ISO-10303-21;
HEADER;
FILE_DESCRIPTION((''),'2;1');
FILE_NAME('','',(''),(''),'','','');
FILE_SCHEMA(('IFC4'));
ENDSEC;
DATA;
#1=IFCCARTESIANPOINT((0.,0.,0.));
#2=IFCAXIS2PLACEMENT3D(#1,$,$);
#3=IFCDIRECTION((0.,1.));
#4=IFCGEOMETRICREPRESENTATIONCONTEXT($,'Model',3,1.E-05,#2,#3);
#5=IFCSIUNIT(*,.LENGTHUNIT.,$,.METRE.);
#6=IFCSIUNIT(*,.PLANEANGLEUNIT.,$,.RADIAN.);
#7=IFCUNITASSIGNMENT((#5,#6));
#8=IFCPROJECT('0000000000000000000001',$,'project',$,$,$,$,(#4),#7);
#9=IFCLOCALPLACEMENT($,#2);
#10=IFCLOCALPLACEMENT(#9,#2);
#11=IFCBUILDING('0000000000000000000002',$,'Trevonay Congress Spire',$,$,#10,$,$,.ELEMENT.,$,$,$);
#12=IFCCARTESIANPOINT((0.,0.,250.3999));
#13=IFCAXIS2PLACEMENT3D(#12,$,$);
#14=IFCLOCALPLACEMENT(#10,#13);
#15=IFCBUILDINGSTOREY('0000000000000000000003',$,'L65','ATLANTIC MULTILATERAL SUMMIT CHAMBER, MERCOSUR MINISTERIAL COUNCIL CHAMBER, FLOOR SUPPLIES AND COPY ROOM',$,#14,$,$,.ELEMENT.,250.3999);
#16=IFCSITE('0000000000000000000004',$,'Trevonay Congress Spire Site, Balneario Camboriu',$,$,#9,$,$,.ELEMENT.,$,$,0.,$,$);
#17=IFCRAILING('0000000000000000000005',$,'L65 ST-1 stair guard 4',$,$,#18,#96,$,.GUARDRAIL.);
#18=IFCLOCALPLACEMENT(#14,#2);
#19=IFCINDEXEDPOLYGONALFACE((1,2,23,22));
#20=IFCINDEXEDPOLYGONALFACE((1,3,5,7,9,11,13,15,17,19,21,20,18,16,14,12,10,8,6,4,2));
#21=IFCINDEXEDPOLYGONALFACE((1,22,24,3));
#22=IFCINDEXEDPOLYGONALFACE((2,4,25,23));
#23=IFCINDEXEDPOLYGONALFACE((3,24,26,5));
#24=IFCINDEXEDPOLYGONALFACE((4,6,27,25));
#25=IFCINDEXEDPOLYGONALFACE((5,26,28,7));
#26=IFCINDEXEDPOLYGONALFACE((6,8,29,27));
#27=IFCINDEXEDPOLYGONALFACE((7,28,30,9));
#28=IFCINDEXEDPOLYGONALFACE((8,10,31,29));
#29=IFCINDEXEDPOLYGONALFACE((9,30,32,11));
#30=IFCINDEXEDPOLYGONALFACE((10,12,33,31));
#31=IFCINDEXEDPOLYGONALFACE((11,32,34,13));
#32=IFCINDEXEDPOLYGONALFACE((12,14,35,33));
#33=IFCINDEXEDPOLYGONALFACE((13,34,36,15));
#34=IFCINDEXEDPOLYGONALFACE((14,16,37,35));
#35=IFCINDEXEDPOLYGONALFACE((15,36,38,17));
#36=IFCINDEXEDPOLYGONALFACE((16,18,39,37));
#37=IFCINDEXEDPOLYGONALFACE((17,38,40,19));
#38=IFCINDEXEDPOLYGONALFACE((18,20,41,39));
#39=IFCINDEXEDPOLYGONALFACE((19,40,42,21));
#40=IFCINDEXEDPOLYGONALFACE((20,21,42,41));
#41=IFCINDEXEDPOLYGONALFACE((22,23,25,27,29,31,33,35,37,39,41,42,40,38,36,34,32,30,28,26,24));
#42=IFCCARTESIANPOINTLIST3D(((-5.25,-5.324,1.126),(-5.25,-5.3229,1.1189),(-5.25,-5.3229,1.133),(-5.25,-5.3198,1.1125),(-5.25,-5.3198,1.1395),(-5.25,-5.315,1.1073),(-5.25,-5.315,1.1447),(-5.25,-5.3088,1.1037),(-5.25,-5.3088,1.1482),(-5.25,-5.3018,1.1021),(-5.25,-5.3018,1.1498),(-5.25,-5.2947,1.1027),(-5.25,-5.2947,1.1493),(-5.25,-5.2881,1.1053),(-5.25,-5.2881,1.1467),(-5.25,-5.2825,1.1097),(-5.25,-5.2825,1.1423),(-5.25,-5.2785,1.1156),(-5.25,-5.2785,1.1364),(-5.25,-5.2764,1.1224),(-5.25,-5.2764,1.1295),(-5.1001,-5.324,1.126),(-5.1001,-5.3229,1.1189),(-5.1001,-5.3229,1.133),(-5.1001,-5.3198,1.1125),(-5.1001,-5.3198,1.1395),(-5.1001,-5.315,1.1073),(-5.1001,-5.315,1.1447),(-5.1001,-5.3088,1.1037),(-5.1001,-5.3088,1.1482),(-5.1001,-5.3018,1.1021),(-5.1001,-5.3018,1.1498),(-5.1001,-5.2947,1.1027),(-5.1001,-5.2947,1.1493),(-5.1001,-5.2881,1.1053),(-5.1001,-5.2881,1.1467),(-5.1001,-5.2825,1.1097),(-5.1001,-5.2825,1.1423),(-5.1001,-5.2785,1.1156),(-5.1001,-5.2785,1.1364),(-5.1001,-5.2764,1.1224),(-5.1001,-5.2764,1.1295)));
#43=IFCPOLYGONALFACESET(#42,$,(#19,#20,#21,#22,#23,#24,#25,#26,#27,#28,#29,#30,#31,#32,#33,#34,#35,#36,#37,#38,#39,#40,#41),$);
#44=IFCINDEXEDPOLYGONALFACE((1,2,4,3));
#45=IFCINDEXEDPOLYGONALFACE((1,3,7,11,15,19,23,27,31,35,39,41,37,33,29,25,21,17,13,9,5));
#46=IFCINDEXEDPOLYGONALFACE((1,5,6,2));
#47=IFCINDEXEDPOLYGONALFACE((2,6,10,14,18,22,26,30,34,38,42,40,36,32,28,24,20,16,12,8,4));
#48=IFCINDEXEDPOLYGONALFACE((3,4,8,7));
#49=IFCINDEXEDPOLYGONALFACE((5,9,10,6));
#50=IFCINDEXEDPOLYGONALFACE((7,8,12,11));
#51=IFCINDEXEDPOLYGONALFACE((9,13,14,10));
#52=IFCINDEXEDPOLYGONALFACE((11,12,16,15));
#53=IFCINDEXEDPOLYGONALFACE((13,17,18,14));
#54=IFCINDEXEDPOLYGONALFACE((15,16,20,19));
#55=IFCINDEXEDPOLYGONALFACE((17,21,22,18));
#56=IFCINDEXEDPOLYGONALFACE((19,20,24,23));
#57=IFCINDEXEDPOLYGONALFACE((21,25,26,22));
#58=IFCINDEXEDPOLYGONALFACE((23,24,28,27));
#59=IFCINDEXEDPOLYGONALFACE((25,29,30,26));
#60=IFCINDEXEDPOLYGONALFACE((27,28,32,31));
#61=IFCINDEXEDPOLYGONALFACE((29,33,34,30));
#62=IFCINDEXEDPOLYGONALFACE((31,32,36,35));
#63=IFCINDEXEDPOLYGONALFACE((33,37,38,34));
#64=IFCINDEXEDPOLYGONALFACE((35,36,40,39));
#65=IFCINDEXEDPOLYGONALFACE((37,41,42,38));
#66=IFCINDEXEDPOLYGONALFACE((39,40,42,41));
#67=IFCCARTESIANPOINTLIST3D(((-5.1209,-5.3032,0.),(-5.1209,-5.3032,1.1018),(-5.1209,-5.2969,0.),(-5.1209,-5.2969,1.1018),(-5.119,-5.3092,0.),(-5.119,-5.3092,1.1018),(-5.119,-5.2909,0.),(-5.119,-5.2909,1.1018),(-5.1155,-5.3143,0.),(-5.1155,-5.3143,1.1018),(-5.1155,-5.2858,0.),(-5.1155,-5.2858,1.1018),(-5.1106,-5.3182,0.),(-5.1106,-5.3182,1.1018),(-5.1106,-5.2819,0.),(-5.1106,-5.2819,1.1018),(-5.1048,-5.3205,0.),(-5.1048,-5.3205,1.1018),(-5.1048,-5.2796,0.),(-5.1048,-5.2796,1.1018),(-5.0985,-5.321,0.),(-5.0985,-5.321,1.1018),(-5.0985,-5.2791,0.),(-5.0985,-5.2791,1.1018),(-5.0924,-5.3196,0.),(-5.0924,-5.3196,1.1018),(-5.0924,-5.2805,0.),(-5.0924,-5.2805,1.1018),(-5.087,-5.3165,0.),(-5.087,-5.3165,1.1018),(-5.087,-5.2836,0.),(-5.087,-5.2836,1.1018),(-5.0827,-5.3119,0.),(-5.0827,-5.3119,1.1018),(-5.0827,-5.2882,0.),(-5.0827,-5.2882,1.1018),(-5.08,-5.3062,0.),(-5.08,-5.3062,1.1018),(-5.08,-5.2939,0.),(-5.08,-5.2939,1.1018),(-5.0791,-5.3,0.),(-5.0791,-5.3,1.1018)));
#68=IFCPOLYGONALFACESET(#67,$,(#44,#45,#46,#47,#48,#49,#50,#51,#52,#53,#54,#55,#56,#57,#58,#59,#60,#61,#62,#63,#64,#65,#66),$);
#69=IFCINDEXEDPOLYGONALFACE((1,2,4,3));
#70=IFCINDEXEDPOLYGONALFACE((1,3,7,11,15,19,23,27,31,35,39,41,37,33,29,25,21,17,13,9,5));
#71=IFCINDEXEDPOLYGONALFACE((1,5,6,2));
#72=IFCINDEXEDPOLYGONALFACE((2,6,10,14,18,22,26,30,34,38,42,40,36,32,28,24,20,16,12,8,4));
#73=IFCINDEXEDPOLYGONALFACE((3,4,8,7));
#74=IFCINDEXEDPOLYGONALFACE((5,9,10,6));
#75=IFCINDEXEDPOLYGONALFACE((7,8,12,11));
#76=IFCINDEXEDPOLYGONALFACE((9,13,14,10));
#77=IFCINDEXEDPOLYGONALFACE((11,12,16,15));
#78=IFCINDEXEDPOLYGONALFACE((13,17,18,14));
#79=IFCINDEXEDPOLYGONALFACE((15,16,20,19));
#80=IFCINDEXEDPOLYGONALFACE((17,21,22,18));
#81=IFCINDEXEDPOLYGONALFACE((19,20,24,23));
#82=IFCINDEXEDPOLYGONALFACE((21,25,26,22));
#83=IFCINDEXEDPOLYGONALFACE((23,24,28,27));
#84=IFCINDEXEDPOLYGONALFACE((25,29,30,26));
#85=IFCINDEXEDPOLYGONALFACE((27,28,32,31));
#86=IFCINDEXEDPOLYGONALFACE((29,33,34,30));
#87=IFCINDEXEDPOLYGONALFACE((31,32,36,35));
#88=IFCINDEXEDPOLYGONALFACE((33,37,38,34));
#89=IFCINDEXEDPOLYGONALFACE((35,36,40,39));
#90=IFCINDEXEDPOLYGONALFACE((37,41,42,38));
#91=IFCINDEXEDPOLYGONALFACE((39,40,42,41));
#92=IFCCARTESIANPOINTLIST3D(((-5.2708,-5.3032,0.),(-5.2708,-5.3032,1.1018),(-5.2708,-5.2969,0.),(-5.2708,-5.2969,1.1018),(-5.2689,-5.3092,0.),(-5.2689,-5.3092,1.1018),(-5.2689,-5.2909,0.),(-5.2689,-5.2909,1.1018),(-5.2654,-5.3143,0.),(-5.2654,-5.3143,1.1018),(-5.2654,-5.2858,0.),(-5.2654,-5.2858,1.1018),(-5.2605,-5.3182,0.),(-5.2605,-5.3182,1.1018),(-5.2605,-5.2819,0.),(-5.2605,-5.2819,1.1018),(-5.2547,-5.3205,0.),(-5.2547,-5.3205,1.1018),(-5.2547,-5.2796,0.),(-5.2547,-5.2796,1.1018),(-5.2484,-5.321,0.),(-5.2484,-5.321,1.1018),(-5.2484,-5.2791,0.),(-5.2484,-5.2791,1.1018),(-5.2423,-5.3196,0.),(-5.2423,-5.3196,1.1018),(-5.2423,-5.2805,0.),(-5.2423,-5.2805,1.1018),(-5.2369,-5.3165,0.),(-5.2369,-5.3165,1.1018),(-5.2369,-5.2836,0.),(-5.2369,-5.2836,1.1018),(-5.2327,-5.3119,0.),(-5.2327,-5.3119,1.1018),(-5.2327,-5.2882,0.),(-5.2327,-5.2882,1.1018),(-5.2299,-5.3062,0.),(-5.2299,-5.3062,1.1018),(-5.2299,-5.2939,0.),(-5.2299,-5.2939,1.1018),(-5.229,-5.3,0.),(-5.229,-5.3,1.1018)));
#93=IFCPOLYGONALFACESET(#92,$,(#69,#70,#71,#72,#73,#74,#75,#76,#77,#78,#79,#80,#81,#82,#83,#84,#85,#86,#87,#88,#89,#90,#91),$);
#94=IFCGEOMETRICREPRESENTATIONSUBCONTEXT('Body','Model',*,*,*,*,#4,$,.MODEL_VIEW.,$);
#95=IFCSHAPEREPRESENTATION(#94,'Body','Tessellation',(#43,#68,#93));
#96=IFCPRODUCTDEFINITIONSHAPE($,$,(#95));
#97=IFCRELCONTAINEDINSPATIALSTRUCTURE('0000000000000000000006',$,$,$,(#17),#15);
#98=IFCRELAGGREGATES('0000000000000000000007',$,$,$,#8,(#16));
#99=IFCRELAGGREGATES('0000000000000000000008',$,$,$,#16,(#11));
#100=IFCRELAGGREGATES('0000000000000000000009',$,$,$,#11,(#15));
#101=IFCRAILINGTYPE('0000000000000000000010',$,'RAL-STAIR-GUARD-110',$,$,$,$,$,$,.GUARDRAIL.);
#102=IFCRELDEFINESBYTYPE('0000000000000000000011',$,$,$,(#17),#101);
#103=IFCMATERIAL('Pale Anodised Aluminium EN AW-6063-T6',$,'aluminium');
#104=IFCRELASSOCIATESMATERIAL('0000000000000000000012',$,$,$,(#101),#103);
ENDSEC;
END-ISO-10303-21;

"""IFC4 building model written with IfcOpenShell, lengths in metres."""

from ifc_helpers import new_model, si_unit, direction, frame, origin, origin_2d, place, context, subcontext, project, spatial, circle, extrude, material, type_object, element, save


model = new_model("IFC4")

# Units and contexts
model_context = context("Model", 3, precision=1e-05, world=origin(), true_north=direction((0.0, 1.0)))
body_context = subcontext(model_context, "Body", "Model", "MODEL_VIEW")
ifc_project = project(units=[si_unit("LENGTHUNIT", "METRE"), si_unit("PLANEANGLEUNIT", "RADIAN")], contexts=[model_context])

# Site, building, storey
site_placement = place(None, origin())
site = spatial("IfcSite", under=ifc_project, at=site_placement, Name="Trevonay Congress Spire Site, Balneario Camboriu", CompositionType="ELEMENT", RefElevation=0.0)
building_placement = place(site_placement, origin())
building = spatial("IfcBuilding", under=site, at=building_placement, Name="Trevonay Congress Spire", CompositionType="ELEMENT")
storey_placement = place(building_placement, frame((0.0, 0.0, 250.3999)))
storey = spatial("IfcBuildingStorey", under=building, at=storey_placement, Name="L65", Description="ATLANTIC MULTILATERAL SUMMIT CHAMBER, MERCOSUR MINISTERIAL COUNCIL CHAMBER, FLOOR SUPPLIES AND COPY ROOM", CompositionType="ELEMENT", Elevation=250.3999)

# Railing
ifc_material_1 = material(Name="Pale Anodised Aluminium EN AW-6063-T6", Category="aluminium")
railing_type_1 = type_object("IfcRailingType", Name="RAL-STAIR-GUARD-110", PredefinedType="GUARDRAIL", material=ifc_material_1)
railing_1_placement = place(storey_placement, frame((-5.1001, -5.3, 0.0)))
element("IfcRailing", 1, at=railing_1_placement, inside=storey, type_object=railing_type_1, Name="L65 ST-1 stair guard 4", PredefinedType="GUARDRAIL", context=body_context, shape_type="SweptSolid", body=[
    extrude(circle(Radius=0.0239, at=origin_2d()), frame((0.0, 0.0, 1.126), z_axis=(-1.0, 0.0, 0.0), x_axis=(0.0, -1.0, 0.0)), (0.0, 0.0, 1.0), 0.1499),
    extrude(circle(Radius=0.021, at=origin_2d()), origin(), (0.0, 0.0, 1.0), 1.1018),
    extrude(circle(Radius=0.021, at=origin_2d()), frame((-0.1499, 0.0, 0.0)), (0.0, 0.0, 1.0), 1.1018),
])

save(model, "model.ifc")
